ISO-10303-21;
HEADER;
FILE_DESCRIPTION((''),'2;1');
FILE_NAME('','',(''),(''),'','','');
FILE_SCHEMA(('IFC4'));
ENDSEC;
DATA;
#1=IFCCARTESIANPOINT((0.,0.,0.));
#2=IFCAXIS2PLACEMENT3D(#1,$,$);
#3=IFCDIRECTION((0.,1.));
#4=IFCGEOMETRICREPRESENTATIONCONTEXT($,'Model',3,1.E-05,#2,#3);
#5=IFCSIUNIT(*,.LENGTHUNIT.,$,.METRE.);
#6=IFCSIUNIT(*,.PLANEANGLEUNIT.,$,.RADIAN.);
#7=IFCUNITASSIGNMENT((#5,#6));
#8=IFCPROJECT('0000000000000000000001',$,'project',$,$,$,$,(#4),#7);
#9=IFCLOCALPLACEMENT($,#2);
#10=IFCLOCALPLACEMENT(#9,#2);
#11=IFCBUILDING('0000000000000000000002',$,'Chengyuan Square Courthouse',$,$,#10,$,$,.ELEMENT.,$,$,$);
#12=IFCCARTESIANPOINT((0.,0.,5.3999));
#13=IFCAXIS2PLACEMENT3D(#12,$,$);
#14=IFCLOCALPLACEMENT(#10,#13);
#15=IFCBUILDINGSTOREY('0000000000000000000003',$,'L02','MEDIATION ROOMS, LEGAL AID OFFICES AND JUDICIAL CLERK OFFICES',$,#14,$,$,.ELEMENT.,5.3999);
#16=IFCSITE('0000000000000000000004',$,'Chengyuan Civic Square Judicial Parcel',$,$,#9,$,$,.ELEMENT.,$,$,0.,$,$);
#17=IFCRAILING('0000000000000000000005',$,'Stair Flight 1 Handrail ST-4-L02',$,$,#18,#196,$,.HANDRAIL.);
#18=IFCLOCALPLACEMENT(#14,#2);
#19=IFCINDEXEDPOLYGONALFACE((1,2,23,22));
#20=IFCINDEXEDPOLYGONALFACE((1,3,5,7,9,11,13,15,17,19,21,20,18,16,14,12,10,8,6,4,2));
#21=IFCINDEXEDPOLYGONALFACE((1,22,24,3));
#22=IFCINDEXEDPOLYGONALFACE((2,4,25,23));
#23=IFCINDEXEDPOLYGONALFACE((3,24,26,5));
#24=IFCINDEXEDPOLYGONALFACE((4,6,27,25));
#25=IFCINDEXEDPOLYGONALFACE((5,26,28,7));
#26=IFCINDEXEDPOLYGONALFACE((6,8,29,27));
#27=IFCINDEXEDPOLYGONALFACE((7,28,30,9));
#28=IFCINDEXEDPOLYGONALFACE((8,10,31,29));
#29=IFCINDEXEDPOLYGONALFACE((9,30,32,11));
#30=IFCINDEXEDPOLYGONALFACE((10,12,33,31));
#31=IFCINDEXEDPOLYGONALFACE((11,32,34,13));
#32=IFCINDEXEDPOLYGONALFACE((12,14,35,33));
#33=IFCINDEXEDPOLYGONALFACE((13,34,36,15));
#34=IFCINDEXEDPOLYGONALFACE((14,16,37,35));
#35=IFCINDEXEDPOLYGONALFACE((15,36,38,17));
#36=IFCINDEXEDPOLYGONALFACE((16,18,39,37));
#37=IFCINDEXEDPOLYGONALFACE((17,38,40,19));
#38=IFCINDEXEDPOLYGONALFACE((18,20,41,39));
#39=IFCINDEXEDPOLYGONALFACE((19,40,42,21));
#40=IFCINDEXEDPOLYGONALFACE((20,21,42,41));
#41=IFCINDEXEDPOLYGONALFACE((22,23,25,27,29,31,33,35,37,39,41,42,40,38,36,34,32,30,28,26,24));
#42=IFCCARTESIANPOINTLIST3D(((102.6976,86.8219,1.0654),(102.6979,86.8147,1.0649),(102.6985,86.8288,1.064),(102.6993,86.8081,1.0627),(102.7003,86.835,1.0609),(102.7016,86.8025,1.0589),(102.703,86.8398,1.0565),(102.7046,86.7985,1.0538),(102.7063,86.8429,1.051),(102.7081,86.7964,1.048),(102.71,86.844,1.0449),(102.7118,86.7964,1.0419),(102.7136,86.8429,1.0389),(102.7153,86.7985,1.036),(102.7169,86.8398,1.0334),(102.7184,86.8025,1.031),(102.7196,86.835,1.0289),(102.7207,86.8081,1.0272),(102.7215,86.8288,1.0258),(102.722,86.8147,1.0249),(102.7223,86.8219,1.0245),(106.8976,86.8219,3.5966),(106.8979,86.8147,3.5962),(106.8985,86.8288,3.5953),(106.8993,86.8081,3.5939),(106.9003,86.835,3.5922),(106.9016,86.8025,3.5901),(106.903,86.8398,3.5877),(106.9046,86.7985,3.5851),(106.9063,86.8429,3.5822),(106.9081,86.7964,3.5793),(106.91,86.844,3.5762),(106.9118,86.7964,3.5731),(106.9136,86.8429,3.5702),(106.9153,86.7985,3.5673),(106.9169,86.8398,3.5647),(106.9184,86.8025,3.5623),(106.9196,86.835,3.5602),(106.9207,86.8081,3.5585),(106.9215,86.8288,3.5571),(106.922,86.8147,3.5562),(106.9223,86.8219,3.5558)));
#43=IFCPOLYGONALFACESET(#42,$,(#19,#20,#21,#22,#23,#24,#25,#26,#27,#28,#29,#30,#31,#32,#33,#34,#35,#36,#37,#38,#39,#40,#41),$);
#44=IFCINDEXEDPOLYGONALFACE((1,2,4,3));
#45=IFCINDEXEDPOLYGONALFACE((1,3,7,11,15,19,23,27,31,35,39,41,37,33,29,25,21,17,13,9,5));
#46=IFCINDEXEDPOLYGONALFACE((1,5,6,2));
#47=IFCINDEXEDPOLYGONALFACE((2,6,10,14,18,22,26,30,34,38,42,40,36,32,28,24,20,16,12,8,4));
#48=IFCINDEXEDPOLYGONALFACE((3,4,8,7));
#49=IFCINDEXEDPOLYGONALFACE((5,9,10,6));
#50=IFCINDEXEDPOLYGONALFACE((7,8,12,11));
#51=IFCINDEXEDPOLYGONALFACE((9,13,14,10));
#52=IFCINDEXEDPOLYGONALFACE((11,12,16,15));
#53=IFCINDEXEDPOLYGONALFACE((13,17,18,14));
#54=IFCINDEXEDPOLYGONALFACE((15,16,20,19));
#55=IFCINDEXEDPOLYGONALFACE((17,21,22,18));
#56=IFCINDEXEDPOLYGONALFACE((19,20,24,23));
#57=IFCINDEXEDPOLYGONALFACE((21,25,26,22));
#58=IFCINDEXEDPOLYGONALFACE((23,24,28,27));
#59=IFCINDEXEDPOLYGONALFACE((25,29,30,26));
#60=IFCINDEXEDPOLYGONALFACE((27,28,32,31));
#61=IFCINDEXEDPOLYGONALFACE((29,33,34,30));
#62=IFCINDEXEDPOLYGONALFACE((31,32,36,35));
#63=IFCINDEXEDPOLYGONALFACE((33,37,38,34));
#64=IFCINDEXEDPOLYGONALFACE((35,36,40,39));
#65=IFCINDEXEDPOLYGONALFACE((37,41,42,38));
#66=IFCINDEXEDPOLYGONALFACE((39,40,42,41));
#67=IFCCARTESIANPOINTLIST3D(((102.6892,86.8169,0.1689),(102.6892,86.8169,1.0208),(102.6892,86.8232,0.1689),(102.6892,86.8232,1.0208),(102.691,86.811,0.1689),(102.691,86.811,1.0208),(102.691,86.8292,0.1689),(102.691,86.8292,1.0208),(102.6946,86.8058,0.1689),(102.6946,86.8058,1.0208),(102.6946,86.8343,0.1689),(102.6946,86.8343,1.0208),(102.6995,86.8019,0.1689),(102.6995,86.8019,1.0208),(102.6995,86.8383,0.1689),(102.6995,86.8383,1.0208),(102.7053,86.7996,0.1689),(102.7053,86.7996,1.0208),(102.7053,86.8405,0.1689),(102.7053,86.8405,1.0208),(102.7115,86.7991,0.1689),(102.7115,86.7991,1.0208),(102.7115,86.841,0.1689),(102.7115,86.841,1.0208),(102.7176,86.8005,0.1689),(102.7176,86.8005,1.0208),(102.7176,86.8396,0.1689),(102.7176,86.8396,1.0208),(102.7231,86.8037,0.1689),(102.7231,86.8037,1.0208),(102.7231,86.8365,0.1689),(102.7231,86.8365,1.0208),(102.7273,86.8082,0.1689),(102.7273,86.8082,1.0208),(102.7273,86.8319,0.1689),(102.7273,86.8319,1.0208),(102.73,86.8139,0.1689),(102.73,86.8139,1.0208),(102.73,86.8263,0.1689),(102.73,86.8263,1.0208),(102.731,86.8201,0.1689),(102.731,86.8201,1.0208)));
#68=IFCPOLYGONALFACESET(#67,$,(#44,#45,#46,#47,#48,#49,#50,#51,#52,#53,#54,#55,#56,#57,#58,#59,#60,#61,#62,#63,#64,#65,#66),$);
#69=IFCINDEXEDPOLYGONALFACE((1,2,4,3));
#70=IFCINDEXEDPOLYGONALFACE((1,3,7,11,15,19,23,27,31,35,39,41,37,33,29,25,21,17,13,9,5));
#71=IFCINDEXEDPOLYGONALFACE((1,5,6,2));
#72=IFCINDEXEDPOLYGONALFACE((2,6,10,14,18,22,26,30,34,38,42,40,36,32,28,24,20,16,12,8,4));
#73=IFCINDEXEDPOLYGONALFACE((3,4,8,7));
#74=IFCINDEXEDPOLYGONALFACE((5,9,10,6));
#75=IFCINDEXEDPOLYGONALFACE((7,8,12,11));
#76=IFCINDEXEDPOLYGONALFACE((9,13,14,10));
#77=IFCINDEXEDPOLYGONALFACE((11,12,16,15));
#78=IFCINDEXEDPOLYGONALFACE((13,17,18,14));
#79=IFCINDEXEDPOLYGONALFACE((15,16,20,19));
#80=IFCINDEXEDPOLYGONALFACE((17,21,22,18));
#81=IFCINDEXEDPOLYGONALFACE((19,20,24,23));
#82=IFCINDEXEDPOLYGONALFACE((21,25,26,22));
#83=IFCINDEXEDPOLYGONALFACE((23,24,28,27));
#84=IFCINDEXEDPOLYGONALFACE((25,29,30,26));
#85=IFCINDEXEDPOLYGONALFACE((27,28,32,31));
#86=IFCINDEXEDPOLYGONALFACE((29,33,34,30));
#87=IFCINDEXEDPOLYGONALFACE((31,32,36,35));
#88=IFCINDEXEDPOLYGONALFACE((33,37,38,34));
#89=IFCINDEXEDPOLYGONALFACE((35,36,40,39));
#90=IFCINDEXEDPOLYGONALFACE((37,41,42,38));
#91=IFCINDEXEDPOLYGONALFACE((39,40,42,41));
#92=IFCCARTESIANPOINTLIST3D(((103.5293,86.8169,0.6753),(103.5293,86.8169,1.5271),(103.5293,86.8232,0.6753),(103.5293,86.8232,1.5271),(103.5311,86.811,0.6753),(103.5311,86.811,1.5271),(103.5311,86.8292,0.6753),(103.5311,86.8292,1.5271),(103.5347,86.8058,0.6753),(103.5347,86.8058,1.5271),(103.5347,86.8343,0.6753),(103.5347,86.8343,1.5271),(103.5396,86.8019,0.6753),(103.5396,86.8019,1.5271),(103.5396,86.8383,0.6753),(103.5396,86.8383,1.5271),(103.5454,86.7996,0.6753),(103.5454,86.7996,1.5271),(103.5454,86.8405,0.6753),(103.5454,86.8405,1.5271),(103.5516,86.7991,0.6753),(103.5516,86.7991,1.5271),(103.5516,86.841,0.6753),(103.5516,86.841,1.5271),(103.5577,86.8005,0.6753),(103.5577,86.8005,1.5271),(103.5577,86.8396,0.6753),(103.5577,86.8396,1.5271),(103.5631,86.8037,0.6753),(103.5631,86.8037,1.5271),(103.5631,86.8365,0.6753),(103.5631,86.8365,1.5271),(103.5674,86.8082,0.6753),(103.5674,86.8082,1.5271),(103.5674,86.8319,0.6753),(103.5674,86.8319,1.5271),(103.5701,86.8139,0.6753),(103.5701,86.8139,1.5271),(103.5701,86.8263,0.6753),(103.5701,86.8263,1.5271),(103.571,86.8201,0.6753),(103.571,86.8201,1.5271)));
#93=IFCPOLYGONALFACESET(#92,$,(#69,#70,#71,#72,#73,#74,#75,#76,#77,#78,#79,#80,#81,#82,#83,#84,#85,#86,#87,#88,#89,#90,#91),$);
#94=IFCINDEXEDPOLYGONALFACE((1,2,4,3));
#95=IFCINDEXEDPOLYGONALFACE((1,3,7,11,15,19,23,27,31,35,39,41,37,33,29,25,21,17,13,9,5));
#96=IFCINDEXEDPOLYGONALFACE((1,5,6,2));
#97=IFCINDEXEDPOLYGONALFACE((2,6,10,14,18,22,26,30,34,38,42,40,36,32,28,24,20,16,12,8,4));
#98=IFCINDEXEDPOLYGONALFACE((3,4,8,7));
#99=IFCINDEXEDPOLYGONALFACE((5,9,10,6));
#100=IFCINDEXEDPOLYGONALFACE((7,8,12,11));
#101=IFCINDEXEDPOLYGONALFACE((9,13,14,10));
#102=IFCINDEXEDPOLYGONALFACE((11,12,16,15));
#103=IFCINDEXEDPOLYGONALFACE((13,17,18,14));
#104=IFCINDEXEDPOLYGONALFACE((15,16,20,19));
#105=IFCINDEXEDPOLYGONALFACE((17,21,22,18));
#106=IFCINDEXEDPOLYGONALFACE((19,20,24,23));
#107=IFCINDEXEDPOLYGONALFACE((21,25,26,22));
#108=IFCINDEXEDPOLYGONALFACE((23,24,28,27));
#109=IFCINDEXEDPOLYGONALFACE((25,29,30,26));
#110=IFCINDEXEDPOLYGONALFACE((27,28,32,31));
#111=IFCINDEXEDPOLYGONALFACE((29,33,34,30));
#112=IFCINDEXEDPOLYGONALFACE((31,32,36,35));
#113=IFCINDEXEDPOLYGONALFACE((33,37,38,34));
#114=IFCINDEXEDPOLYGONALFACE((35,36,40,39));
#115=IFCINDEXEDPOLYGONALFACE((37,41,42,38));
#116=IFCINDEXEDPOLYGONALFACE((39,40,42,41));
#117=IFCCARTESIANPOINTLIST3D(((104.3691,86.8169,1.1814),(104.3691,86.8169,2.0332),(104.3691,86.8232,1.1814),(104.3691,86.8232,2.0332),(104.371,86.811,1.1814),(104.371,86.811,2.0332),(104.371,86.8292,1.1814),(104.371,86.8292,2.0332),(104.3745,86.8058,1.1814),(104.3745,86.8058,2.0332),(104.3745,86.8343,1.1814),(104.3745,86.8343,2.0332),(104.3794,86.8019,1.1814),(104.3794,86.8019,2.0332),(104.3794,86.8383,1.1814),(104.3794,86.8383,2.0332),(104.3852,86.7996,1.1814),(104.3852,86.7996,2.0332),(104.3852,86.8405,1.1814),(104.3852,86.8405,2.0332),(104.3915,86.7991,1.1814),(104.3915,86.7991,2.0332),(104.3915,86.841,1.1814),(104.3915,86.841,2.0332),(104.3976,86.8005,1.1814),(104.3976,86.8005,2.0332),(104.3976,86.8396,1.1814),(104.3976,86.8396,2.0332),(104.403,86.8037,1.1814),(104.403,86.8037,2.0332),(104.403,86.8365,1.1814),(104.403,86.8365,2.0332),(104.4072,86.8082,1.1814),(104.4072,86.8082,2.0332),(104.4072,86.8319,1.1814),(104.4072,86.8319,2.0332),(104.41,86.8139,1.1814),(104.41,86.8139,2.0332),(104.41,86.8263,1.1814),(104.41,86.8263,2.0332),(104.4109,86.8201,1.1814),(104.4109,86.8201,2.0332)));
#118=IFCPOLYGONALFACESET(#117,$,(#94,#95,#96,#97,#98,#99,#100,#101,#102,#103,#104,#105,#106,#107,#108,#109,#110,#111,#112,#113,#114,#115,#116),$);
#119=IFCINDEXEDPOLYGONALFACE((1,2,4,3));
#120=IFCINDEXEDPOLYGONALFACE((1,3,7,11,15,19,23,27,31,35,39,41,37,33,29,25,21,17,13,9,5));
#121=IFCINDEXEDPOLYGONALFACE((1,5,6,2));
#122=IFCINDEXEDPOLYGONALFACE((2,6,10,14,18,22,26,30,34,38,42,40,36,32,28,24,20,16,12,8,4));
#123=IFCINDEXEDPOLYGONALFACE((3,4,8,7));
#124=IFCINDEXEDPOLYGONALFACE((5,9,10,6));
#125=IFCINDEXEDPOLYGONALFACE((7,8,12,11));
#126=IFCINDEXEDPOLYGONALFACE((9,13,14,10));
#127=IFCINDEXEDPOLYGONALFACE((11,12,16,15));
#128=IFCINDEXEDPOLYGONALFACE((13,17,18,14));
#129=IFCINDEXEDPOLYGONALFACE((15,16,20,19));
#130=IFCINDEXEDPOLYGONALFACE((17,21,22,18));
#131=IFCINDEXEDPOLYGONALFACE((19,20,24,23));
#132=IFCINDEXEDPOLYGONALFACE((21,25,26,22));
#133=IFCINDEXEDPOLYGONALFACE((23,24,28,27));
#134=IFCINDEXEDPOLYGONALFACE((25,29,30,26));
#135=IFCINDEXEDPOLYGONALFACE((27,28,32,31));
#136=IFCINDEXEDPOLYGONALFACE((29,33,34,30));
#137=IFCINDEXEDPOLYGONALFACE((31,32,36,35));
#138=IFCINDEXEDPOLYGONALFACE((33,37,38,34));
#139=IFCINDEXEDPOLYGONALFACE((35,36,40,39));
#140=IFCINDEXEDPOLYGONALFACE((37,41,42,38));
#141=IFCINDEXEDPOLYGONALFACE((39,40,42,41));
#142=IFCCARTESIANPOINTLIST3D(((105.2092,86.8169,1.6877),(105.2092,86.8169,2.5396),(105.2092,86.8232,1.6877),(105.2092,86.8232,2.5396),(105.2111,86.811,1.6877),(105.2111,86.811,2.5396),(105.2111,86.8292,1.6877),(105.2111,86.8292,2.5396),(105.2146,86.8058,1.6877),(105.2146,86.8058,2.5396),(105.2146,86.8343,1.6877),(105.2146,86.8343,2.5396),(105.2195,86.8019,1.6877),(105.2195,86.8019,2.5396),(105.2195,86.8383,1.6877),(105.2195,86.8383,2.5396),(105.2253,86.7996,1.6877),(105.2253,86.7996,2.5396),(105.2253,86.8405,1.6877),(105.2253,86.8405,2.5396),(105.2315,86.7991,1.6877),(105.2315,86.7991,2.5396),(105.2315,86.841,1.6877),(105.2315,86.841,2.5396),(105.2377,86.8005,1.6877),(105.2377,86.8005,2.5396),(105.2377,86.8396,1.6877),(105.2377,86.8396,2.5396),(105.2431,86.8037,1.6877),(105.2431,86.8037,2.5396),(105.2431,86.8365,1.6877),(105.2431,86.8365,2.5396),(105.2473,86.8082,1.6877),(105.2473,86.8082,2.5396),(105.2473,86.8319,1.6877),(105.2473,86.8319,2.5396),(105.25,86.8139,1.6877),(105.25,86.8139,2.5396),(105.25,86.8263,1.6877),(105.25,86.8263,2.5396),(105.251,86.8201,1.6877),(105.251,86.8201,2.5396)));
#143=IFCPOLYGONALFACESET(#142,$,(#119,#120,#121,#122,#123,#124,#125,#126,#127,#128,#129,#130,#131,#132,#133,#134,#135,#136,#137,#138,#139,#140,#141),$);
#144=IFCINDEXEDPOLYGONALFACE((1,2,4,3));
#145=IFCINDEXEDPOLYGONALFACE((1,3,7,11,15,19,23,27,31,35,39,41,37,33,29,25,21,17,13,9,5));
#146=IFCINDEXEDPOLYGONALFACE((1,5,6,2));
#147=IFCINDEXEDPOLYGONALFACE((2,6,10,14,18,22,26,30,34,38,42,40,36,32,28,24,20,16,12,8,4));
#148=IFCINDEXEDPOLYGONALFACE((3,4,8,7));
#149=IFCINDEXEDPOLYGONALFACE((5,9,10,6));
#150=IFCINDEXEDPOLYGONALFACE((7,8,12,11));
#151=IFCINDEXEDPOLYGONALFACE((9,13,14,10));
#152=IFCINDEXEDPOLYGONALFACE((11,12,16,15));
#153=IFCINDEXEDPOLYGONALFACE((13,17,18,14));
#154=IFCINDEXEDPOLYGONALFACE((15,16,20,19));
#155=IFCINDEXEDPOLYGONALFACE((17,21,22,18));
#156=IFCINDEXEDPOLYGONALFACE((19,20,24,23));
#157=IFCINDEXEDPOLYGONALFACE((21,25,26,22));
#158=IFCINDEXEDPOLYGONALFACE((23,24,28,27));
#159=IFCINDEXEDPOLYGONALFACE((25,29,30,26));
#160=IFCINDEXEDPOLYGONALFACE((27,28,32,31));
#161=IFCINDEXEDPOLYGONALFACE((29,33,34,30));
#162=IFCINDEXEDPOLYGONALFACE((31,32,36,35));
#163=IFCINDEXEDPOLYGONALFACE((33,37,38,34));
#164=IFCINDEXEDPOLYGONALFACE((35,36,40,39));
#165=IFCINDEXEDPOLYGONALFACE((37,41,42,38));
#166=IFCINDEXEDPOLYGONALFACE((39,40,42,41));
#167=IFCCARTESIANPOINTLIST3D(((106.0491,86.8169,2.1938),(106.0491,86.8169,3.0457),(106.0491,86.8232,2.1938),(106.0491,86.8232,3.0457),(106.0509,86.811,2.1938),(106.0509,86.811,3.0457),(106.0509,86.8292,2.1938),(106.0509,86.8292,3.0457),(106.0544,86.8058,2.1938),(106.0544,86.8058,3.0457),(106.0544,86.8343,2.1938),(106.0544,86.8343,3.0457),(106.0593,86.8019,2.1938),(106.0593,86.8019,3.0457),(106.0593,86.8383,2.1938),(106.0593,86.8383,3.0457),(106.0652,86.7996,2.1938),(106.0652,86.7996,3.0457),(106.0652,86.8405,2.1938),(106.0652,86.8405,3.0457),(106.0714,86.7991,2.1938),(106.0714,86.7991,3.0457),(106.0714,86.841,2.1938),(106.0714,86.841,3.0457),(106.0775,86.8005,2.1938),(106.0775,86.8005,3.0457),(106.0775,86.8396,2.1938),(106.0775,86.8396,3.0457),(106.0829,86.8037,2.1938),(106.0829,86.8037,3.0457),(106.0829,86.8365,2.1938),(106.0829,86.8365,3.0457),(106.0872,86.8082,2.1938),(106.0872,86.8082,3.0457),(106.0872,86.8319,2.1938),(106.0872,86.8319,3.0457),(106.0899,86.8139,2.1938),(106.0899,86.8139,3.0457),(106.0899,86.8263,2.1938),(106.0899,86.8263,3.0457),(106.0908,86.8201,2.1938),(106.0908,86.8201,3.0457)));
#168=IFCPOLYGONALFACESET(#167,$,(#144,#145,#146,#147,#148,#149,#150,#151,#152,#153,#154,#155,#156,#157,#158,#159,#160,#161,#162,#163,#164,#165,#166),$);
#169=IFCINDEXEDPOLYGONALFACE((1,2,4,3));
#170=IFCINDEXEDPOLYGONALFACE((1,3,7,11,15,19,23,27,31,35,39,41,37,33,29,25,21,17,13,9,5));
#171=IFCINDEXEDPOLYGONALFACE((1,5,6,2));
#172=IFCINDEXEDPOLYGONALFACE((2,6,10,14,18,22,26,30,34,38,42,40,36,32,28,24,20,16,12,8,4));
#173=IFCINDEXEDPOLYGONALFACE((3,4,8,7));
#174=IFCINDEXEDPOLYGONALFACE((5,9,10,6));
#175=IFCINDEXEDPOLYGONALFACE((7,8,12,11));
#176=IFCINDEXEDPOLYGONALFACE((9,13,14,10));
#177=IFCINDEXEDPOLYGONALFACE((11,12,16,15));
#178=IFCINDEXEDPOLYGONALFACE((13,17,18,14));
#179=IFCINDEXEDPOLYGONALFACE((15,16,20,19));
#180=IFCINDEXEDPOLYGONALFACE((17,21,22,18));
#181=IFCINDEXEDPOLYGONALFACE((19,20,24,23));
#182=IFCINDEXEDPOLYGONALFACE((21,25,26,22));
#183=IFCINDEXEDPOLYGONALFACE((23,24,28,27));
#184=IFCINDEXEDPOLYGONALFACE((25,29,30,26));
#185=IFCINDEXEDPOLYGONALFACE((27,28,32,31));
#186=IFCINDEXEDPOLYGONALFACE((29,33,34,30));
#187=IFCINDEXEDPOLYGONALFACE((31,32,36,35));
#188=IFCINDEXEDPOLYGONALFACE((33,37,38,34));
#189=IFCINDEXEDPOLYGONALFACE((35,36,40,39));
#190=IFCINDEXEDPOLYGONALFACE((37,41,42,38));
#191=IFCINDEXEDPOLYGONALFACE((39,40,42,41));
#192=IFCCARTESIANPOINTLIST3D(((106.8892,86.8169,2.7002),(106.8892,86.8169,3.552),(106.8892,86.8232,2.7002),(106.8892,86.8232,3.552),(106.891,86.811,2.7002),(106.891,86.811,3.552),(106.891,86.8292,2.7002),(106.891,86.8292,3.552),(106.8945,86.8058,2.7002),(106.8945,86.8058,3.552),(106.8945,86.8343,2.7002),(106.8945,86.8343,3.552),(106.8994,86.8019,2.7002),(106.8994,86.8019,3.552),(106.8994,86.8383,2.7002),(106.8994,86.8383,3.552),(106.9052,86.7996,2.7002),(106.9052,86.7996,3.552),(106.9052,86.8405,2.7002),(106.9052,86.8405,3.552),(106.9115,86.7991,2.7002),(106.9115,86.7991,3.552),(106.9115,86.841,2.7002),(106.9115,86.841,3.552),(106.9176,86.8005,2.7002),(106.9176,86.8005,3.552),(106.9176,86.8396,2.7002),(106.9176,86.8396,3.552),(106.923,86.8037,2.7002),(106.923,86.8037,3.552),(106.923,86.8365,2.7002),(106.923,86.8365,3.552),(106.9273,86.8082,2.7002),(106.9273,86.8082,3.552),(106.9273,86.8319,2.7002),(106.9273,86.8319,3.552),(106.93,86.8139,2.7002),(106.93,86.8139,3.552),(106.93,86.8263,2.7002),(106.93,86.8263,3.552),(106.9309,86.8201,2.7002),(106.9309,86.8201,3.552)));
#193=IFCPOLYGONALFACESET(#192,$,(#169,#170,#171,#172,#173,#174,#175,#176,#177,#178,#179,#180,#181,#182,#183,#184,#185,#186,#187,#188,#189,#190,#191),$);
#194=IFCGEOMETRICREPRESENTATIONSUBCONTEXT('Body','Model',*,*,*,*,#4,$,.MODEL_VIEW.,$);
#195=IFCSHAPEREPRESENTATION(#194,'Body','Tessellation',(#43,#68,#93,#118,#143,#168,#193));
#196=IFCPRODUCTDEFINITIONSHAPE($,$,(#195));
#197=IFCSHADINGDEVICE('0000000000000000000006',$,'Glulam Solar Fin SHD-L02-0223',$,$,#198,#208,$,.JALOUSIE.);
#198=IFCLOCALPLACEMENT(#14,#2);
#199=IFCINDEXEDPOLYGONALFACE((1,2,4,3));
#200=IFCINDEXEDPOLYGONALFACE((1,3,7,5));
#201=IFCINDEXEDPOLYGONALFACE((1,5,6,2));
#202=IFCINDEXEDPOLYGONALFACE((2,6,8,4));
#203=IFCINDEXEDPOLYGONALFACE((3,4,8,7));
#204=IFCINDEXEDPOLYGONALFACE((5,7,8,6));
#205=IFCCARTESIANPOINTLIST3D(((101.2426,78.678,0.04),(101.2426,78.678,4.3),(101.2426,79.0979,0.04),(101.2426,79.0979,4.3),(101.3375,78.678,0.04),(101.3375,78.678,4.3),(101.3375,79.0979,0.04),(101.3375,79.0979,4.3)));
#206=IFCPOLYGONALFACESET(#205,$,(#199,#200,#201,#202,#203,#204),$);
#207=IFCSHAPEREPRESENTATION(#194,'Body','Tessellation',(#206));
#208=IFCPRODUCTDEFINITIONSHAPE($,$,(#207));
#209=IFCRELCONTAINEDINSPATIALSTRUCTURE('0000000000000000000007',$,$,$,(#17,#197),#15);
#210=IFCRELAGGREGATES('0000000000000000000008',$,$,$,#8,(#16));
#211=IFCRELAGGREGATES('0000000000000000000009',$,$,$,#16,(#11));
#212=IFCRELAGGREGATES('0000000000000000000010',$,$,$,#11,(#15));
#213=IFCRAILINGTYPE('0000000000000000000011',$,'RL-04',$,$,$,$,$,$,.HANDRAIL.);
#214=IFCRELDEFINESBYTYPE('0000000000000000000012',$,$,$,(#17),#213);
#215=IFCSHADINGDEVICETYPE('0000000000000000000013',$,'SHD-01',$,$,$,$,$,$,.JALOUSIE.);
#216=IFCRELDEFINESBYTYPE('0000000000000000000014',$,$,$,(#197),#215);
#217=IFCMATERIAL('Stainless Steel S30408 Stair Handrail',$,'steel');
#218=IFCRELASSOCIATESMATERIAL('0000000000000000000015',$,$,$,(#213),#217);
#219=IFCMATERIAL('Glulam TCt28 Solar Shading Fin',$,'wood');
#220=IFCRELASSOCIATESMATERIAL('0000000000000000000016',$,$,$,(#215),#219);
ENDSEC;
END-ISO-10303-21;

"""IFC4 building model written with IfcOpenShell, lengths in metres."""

from ifc_helpers import new_model, si_unit, direction, frame, origin, origin_2d, place, context, subcontext, project, spatial, rectangle, circle, extrude, material, type_object, element, save


model = new_model("IFC4")

# Units and contexts
model_context = context("Model", 3, precision=1e-05, world=origin(), true_north=direction((0.0, 1.0)))
body_context = subcontext(model_context, "Body", "Model", "MODEL_VIEW")
ifc_project = project(units=[si_unit("LENGTHUNIT", "METRE"), si_unit("PLANEANGLEUNIT", "RADIAN")], contexts=[model_context])

# Site, building, storey
site_placement = place(None, origin())
site = spatial("IfcSite", under=ifc_project, at=site_placement, Name="Chengyuan Civic Square Judicial Parcel", CompositionType="ELEMENT", RefElevation=0.0)
building_placement = place(site_placement, origin())
building = spatial("IfcBuilding", under=site, at=building_placement, Name="Chengyuan Square Courthouse", CompositionType="ELEMENT")
storey_placement = place(building_placement, frame((0.0, 0.0, 5.3999)))
storey = spatial("IfcBuildingStorey", under=building, at=storey_placement, Name="L02", Description="MEDIATION ROOMS, LEGAL AID OFFICES AND JUDICIAL CLERK OFFICES", CompositionType="ELEMENT", Elevation=5.3999)

# Railing
ifc_material_1 = material(Name="Stainless Steel S30408 Stair Handrail", Category="steel")
railing_type_1 = type_object("IfcRailingType", Name="RL-04", PredefinedType="HANDRAIL", material=ifc_material_1)
railing_1_placement = place(storey_placement, frame((102.71, 86.8201, 0.1689)))
element("IfcRailing", 1, at=railing_1_placement, inside=storey, type_object=railing_type_1, Name="Stair Flight 1 Handrail ST-4-L02", PredefinedType="HANDRAIL", context=body_context, shape_type="SweptSolid", body=[
    extrude(circle(Radius=0.0239, at=origin_2d()), frame((0.0, 0.0, 0.876), z_axis=(0.856476, 0.0, 0.516186), x_axis=(0.0, 1.0, 0.0)), (0.0, 0.0, 1.0), 4.9038),
    extrude(circle(Radius=0.021, at=origin_2d()), origin(), (0.0, 0.0, 1.0), 0.8518),
    extrude(circle(Radius=0.021, at=origin_2d()), frame((0.8401, 0.0, 0.5063)), (0.0, 0.0, 1.0), 0.8518),
    extrude(circle(Radius=0.021, at=origin_2d()), frame((1.6799, 0.0, 1.0125)), (0.0, 0.0, 1.0), 0.8518),
    extrude(circle(Radius=0.021, at=origin_2d()), frame((2.52, 0.0, 1.5188)), (0.0, 0.0, 1.0), 0.8518),
    extrude(circle(Radius=0.021, at=origin_2d()), frame((3.3599, 0.0, 2.0249)), (0.0, 0.0, 1.0), 0.8518),
    extrude(circle(Radius=0.021, at=origin_2d()), frame((4.2, 0.0, 2.5312)), (0.0, 0.0, 1.0), 0.8518),
])

# Shading device
ifc_material_2 = material(Name="Glulam TCt28 Solar Shading Fin", Category="wood")
shading_device_type = type_object("IfcShadingDeviceType", Name="SHD-01", PredefinedType="JALOUSIE", material=ifc_material_2)
shading_device_placement = place(storey_placement, frame((101.29, 78.8879, 0.04), z_axis=(0.0, 0.0, 1.0), x_axis=(0.0, 1.0, 0.0)))
element("IfcShadingDevice", 2, at=shading_device_placement, inside=storey, type_object=shading_device_type, Name="Glulam Solar Fin SHD-L02-0223", PredefinedType="JALOUSIE", context=body_context, shape_type="SweptSolid", body=[
    extrude(rectangle(XDim=0.4199, YDim=0.095, at=origin_2d()), origin(), (0.0, 0.0, 1.0), 4.26),
])

save(model, "model.ifc")
